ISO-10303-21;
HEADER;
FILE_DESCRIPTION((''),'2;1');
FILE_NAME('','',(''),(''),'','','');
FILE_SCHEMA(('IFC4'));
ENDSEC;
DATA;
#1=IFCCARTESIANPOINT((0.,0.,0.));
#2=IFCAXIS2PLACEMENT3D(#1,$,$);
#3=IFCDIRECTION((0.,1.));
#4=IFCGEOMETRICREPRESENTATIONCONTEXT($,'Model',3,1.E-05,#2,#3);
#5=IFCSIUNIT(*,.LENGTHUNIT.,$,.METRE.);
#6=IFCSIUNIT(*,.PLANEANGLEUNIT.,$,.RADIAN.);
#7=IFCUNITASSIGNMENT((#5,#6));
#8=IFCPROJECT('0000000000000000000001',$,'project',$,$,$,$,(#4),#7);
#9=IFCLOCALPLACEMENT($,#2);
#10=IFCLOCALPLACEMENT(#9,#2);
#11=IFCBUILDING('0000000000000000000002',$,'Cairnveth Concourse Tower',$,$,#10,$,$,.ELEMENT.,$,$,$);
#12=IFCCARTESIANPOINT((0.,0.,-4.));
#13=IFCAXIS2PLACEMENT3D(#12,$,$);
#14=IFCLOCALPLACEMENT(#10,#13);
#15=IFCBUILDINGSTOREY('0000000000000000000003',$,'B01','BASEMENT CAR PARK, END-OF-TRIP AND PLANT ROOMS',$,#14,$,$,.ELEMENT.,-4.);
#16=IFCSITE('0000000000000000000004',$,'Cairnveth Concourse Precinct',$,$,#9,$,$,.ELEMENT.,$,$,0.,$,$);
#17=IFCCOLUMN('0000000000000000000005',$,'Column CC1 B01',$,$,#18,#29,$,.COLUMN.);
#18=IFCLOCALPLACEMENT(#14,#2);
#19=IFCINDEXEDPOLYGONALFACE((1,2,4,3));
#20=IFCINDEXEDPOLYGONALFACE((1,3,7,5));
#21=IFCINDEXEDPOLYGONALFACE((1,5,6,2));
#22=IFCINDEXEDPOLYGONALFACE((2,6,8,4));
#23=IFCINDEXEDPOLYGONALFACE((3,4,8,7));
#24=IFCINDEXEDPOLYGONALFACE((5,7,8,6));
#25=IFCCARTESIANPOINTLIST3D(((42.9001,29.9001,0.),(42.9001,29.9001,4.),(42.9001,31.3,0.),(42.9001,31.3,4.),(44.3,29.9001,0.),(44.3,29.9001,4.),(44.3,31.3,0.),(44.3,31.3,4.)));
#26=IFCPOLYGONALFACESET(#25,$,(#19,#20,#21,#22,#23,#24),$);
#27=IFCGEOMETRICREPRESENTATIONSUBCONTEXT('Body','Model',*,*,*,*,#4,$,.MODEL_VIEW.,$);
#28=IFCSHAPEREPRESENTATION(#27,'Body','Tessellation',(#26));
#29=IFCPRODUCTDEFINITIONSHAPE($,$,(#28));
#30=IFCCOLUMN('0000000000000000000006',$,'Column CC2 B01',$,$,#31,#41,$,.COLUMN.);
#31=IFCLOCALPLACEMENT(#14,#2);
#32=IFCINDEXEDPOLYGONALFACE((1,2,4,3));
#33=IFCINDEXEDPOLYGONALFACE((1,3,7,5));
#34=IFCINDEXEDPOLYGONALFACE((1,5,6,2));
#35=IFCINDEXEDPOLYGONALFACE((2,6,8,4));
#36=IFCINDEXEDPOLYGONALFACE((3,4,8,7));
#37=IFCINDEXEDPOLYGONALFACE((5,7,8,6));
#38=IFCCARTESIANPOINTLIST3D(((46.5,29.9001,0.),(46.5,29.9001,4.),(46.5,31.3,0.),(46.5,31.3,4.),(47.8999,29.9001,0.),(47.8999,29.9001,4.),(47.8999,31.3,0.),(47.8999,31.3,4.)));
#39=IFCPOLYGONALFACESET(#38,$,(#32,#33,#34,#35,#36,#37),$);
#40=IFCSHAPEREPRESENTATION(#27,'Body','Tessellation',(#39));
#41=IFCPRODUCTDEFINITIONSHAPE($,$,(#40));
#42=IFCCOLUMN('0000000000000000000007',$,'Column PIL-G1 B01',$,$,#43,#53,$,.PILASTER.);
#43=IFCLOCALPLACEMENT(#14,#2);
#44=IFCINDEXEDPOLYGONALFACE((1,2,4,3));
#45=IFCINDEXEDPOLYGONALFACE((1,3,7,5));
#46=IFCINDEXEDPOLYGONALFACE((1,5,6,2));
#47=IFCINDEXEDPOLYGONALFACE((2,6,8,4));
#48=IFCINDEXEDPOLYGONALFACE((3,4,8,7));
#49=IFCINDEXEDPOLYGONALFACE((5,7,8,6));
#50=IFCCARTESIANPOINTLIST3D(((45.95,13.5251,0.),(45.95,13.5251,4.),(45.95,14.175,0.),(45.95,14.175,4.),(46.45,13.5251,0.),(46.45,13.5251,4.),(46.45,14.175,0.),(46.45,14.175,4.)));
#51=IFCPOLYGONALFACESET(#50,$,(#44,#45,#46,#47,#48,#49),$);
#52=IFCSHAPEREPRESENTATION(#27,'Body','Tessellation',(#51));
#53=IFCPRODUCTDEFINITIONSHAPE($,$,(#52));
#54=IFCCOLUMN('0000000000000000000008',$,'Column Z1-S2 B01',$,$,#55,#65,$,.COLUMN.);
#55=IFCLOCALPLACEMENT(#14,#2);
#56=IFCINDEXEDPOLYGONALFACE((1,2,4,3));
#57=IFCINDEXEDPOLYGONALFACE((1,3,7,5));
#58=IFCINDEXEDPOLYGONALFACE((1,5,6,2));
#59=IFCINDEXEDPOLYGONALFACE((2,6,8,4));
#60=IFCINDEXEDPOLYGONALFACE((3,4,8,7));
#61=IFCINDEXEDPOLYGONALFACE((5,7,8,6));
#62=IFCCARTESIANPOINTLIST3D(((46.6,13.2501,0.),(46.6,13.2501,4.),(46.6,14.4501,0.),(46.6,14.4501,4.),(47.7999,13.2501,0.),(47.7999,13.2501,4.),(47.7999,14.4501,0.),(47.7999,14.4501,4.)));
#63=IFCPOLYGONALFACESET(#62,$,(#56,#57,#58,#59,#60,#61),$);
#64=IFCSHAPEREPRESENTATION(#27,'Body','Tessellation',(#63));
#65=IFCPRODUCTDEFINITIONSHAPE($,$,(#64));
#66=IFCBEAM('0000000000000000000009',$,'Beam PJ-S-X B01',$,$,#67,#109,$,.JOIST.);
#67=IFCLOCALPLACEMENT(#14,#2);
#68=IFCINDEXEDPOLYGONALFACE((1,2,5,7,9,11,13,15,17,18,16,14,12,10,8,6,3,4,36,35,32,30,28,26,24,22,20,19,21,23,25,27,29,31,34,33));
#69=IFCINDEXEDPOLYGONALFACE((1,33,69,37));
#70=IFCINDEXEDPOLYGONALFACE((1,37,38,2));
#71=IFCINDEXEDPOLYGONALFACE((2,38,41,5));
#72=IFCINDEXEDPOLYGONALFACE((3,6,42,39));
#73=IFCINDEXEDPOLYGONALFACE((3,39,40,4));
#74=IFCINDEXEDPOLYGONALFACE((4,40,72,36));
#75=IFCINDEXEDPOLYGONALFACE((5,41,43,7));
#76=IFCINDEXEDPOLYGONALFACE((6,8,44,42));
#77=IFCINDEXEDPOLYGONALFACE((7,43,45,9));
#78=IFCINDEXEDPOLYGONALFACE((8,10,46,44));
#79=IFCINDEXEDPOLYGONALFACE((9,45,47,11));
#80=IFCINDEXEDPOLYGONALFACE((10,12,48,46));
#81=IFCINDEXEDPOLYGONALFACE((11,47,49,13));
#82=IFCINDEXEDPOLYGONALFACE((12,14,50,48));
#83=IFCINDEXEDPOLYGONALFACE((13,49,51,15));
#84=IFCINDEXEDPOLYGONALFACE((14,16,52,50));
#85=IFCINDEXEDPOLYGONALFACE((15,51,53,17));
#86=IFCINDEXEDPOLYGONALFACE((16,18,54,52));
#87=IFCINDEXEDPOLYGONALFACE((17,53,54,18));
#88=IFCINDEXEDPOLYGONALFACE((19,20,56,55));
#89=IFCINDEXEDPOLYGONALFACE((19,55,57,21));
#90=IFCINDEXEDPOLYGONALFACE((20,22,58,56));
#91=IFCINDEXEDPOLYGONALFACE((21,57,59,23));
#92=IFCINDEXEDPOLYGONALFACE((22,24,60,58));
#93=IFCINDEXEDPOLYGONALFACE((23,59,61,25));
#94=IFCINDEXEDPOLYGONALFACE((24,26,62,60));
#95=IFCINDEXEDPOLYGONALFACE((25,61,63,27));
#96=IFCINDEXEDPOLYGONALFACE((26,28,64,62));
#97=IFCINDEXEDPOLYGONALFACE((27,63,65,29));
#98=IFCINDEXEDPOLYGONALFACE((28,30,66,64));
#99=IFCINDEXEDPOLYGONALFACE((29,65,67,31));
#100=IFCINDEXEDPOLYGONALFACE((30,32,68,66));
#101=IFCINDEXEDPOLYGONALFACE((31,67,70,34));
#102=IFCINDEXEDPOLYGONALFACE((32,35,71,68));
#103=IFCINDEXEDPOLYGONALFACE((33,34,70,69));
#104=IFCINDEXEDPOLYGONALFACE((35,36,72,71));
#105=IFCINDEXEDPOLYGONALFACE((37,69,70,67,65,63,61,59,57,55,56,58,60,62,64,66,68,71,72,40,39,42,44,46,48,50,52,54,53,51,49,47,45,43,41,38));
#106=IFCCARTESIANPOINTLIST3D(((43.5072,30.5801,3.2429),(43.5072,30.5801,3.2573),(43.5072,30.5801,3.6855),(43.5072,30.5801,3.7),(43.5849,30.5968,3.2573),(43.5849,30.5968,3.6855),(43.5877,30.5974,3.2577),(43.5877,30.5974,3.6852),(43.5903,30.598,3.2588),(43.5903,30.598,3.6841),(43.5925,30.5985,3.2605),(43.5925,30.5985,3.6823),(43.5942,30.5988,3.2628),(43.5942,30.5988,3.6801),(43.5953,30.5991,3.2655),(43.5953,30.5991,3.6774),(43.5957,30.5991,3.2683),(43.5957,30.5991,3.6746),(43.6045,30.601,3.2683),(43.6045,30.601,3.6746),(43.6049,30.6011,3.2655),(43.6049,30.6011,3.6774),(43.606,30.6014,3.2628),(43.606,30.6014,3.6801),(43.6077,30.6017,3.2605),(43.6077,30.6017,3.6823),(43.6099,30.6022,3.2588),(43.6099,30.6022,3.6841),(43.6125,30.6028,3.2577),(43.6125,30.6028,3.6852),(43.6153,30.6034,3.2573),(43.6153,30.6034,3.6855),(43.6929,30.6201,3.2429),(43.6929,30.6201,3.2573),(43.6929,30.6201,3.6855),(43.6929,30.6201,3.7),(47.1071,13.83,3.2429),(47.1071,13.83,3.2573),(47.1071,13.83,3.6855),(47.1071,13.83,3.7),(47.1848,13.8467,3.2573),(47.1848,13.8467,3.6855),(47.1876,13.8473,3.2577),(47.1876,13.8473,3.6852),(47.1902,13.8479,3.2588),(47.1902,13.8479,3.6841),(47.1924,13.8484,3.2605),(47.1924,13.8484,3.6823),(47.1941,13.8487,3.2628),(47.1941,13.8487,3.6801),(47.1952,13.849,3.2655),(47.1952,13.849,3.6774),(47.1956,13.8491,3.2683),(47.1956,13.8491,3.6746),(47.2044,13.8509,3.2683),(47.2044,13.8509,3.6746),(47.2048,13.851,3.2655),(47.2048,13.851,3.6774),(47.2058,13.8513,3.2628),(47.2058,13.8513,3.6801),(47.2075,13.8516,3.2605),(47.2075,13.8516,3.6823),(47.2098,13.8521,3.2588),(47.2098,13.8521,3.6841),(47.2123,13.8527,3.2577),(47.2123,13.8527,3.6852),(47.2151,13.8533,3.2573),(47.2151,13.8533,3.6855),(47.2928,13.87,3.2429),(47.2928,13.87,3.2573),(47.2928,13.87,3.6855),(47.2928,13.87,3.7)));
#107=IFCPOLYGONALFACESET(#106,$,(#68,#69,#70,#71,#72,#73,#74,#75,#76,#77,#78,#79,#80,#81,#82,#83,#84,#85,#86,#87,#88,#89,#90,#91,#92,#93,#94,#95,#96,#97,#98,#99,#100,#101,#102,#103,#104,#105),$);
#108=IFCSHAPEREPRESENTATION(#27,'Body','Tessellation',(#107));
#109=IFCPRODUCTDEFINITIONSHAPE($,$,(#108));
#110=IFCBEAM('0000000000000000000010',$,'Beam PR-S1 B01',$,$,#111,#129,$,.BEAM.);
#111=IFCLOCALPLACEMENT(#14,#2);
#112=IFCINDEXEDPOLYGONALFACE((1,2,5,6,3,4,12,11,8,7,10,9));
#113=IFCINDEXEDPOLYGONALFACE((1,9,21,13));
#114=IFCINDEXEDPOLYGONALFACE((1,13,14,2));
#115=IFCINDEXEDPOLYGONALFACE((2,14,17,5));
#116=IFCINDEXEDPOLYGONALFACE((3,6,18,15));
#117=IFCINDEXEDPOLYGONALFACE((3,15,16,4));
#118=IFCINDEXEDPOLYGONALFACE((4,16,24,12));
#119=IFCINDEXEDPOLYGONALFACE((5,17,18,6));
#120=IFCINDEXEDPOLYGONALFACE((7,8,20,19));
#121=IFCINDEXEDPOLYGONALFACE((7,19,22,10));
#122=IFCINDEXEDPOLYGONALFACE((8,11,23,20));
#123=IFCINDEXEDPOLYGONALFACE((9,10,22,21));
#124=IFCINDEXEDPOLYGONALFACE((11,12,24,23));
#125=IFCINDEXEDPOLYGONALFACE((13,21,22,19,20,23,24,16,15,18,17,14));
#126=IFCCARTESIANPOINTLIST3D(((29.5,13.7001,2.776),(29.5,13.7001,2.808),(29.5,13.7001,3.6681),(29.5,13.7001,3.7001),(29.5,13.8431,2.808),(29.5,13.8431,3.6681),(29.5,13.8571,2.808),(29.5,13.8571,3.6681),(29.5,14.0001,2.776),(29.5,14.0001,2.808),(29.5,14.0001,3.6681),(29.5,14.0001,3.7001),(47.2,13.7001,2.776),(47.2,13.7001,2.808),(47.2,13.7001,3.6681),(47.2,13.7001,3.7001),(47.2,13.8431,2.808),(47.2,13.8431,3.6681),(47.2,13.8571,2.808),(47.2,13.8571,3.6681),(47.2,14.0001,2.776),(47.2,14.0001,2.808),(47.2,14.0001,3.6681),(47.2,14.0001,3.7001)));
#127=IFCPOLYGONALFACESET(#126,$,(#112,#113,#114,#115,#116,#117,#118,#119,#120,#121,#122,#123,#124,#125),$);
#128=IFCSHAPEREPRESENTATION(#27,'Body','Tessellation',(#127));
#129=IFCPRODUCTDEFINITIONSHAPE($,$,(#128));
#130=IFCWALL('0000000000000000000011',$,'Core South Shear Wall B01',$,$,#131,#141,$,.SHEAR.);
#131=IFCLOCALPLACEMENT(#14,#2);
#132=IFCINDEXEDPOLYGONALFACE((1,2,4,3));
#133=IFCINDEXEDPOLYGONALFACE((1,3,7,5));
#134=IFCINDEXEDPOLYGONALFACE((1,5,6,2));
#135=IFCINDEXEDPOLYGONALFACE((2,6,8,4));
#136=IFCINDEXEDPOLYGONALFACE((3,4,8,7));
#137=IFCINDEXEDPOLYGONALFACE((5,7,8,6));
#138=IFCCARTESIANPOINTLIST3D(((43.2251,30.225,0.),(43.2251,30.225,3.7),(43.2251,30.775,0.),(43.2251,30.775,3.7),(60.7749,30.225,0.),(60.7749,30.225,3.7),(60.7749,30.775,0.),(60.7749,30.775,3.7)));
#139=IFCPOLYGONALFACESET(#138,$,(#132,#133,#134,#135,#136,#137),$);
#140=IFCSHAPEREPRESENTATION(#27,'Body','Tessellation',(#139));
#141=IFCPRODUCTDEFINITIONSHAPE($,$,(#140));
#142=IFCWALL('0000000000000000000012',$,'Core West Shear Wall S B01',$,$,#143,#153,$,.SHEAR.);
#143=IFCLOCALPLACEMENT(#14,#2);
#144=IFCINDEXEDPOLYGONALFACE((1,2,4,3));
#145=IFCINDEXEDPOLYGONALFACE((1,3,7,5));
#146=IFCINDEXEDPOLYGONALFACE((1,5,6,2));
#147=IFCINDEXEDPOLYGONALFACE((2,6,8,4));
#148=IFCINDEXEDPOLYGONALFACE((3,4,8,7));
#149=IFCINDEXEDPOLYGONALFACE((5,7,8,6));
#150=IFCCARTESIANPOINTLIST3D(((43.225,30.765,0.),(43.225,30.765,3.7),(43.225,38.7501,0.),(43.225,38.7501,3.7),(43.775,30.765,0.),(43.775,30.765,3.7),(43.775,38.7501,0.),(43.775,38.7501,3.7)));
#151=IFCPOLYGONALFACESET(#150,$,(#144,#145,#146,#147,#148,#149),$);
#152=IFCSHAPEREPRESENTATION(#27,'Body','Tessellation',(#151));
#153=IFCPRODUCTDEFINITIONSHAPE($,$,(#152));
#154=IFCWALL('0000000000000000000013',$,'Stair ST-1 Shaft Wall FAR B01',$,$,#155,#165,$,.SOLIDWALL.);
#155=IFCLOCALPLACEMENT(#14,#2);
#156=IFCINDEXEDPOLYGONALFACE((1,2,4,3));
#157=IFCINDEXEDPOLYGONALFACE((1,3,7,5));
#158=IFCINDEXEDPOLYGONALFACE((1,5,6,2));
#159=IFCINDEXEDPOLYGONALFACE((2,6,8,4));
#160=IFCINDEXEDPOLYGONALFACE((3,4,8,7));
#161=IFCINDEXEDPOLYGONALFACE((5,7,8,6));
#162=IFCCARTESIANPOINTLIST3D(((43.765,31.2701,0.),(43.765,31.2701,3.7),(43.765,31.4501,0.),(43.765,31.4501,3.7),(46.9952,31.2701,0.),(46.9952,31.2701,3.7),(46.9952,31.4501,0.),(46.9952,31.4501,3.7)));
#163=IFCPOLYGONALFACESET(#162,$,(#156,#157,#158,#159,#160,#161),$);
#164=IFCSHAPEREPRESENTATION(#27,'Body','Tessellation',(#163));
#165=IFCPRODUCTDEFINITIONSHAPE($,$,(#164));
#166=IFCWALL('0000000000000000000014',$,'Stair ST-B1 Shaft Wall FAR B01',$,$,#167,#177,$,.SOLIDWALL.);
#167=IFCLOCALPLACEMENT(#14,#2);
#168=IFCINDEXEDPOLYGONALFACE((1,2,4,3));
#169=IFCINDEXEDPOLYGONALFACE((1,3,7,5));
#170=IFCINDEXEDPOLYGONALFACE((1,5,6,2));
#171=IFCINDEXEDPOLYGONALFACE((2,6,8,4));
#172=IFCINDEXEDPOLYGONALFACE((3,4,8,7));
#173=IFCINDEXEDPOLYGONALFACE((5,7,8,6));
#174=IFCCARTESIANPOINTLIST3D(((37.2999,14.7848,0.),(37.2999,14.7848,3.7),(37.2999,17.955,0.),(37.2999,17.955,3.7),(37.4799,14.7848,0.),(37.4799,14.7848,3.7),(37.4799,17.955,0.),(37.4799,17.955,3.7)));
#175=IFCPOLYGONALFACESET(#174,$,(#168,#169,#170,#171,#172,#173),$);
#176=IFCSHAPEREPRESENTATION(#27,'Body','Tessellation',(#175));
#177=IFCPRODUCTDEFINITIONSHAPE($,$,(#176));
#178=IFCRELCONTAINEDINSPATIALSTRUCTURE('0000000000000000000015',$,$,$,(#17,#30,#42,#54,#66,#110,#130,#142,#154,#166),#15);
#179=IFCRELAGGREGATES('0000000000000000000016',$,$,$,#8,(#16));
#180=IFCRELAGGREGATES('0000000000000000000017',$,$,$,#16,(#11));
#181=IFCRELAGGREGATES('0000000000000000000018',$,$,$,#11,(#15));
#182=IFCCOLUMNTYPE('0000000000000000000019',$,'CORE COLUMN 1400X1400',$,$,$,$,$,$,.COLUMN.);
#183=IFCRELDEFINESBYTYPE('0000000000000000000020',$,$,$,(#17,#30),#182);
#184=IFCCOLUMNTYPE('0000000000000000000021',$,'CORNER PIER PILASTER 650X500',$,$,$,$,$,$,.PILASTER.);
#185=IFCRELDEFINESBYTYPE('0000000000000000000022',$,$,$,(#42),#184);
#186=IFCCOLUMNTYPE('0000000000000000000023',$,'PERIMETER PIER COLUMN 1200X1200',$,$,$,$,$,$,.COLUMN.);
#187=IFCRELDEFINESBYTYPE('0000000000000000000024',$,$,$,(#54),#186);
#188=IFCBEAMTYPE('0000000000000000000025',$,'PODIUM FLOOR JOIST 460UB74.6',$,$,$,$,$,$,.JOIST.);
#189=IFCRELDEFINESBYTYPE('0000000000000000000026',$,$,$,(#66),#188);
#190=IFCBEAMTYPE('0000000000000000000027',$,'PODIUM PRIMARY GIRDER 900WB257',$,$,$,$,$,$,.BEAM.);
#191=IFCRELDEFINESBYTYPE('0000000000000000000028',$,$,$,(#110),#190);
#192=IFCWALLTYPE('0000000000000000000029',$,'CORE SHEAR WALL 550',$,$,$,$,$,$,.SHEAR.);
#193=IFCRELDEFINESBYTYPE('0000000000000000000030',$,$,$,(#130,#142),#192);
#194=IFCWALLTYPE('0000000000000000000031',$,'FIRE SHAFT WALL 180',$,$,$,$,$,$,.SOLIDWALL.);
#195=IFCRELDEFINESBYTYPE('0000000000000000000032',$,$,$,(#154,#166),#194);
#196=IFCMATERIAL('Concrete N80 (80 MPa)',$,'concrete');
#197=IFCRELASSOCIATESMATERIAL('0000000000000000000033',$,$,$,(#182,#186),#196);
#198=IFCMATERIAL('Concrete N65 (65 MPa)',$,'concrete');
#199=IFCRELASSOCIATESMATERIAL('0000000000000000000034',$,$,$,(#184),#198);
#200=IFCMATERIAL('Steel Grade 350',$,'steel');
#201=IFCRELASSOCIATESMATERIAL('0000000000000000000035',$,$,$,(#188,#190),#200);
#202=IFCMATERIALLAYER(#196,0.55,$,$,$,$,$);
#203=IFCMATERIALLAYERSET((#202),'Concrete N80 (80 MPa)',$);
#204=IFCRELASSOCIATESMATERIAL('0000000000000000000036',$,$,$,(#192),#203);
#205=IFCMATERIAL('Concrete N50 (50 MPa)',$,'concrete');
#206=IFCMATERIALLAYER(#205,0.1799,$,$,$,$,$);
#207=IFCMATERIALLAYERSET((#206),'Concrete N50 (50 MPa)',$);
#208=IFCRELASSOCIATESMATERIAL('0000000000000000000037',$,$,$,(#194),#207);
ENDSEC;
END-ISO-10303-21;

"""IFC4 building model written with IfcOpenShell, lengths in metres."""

from ifc_helpers import new_model, si_unit, direction, frame, frame_2d, origin, origin_2d, place, context, subcontext, project, spatial, rectangle, i_section, extrude, material, layer, layer_set, material_profile, profile_set, type_object, element, save


model = new_model("IFC4")

# Units and contexts
model_context = context("Model", 3, precision=1e-05, world=origin(), true_north=direction((0.0, 1.0)))
body_context = subcontext(model_context, "Body", "Model", "MODEL_VIEW")
ifc_project = project(units=[si_unit("LENGTHUNIT", "METRE"), si_unit("PLANEANGLEUNIT", "RADIAN")], contexts=[model_context])

# Site, building, storey
site_placement = place(None, origin())
site = spatial("IfcSite", under=ifc_project, at=site_placement, Name="Cairnveth Concourse Precinct", CompositionType="ELEMENT", RefElevation=0.0)
building_placement = place(site_placement, origin())
building = spatial("IfcBuilding", under=site, at=building_placement, Name="Cairnveth Concourse Tower", CompositionType="ELEMENT")
storey_placement = place(building_placement, frame((0.0, 0.0, -4.0)))
storey = spatial("IfcBuildingStorey", under=building, at=storey_placement, Name="B01", Description="BASEMENT CAR PARK, END-OF-TRIP AND PLANT ROOMS", CompositionType="ELEMENT", Elevation=-4.0)

# Columns
ifc_material_1 = material(Name="Concrete N80 (80 MPa)", Category="concrete")
ifc_material_profile_1 = material_profile(ifc_material_1, rectangle(XDim=1.3999, YDim=1.3999, at=origin_2d()), Name="RC-COL-1400x1400")
ifc_profile_set_1 = profile_set([ifc_material_profile_1], Name="Concrete N80 (80 MPa)")
column_type_1 = type_object("IfcColumnType", Name="CORE COLUMN 1400X1400", PredefinedType="COLUMN", material=ifc_profile_set_1)
for number, where, z_axis, x_axis, name in (
    (1, (43.6001, 30.6001, 0.0), (0.0, 0.0, 1.0), (1.0, 0.0, 0.0), "Column CC1 B01"),
    (2, (47.2, 30.6001, 0.0), (0.0, 0.0, 1.0), (1.0, 0.0, 0.0), "Column CC2 B01"),
):
    element("IfcColumn", number, at=place(storey_placement, frame(where, z_axis=z_axis, x_axis=x_axis)), inside=storey, type_object=column_type_1, Name=name, PredefinedType="COLUMN", context=body_context, shape_type="SweptSolid", body=[
        extrude(rectangle(XDim=1.3999, YDim=1.3999, at=origin_2d()), origin(), (0.0, 0.0, 1.0), 4.0),
    ])
ifc_material_2 = material(Name="Concrete N65 (65 MPa)", Category="concrete")
ifc_material_profile_2 = material_profile(ifc_material_2, rectangle(XDim=0.5, YDim=0.6499, at=origin_2d()), Name="RC-PIL-650x500")
ifc_profile_set_2 = profile_set([ifc_material_profile_2], Name="Concrete N65 (65 MPa)")
column_type_2 = type_object("IfcColumnType", Name="CORNER PIER PILASTER 650X500", PredefinedType="PILASTER", material=ifc_profile_set_2)
column_1_placement = place(storey_placement, frame((46.2, 13.8501, 0.0), z_axis=(0.0, 0.0, 1.0), x_axis=(1.0, 0.0, 0.0)))
element("IfcColumn", 3, at=column_1_placement, inside=storey, type_object=column_type_2, Name="Column PIL-G1 B01", PredefinedType="PILASTER", context=body_context, shape_type="SweptSolid", body=[
    extrude(rectangle(XDim=0.5, YDim=0.6499, at=origin_2d()), origin(), (0.0, 0.0, 1.0), 4.0),
])
ifc_material_profile_3 = material_profile(ifc_material_1, rectangle(XDim=1.2, YDim=1.2, at=origin_2d()), Name="RC-COL-1200x1200")
ifc_profile_set_3 = profile_set([ifc_material_profile_3], Name="Concrete N80 (80 MPa)")
column_type_3 = type_object("IfcColumnType", Name="PERIMETER PIER COLUMN 1200X1200", PredefinedType="COLUMN", material=ifc_profile_set_3)
column_2_placement = place(storey_placement, frame((47.2, 13.8501, 0.0), z_axis=(0.0, 0.0, 1.0), x_axis=(1.0, 0.0, 0.0)))
element("IfcColumn", 4, at=column_2_placement, inside=storey, type_object=column_type_3, Name="Column Z1-S2 B01", PredefinedType="COLUMN", context=body_context, shape_type="SweptSolid", body=[
    extrude(rectangle(XDim=1.2, YDim=1.2, at=origin_2d()), origin(), (0.0, 0.0, 1.0), 4.0),
])

# Beams
ifc_material_3 = material(Name="Steel Grade 350", Category="steel")
ifc_material_profile_4 = material_profile(ifc_material_3, i_section(OverallWidth=0.1899, OverallDepth=0.457, WebThickness=0.009, FlangeThickness=0.0144, FilletRadius=0.011, at=origin_2d()), Name="460UB74.6")
ifc_profile_set_4 = profile_set([ifc_material_profile_4], Name="Steel Grade 350")
beam_type_1 = type_object("IfcBeamType", Name="PODIUM FLOOR JOIST 460UB74.6", PredefinedType="JOIST", material=ifc_profile_set_4)
beam_1_placement = place(storey_placement, frame((43.6001, 30.6001, 3.4714), z_axis=(0.210119, -0.977676, 0.0), x_axis=(0.977676, 0.210119, 0.0)))
element("IfcBeam", 5, at=beam_1_placement, inside=storey, type_object=beam_type_1, Name="Beam PJ-S-X B01", PredefinedType="JOIST", context=body_context, shape_type="SweptSolid", body=[
    extrude(i_section(OverallWidth=0.1899, OverallDepth=0.457, WebThickness=0.009, FlangeThickness=0.0144, FilletRadius=0.011, at=origin_2d()), origin(), (0.0, 0.0, 1.0), 17.1326),
])
ifc_material_profile_5 = material_profile(ifc_material_3, i_section(OverallWidth=0.3, OverallDepth=0.9241, WebThickness=0.0139, FlangeThickness=0.032, at=origin_2d()), Name="900WB257")
ifc_profile_set_5 = profile_set([ifc_material_profile_5], Name="Steel Grade 350")
beam_type_2 = type_object("IfcBeamType", Name="PODIUM PRIMARY GIRDER 900WB257", PredefinedType="BEAM", material=ifc_profile_set_5)
beam_2_placement = place(storey_placement, frame((29.5, 13.8501, 3.238), z_axis=(1.0, 0.0, 0.0), x_axis=(0.0, 1.0, 0.0)))
element("IfcBeam", 6, at=beam_2_placement, inside=storey, type_object=beam_type_2, Name="Beam PR-S1 B01", PredefinedType="BEAM", context=body_context, shape_type="SweptSolid", body=[
    extrude(i_section(OverallWidth=0.3, OverallDepth=0.9241, WebThickness=0.0139, FlangeThickness=0.032, at=origin_2d()), origin(), (0.0, 0.0, 1.0), 17.7),
])

# Walls
ifc_layer_1 = layer(ifc_material_1, 0.55)
ifc_layer_set_1 = layer_set([ifc_layer_1], Name="Concrete N80 (80 MPa)")
wall_type_1 = type_object("IfcWallType", Name="CORE SHEAR WALL 550", PredefinedType="SHEAR", material=ifc_layer_set_1)
wall_1_placement = place(storey_placement, frame((43.2251, 30.5, 0.0), z_axis=(0.0, 0.0, 1.0), x_axis=(1.0, 0.0, 0.0)))
element("IfcWall", 7, at=wall_1_placement, inside=storey, type_object=wall_type_1, Name="Core South Shear Wall B01", PredefinedType="SHEAR", context=body_context, shape_type="SweptSolid", body=[
    extrude(rectangle(XDim=17.5498, YDim=0.55, at=frame_2d((8.7749, 0.0))), origin(), (0.0, 0.0, 1.0), 3.7),
])
wall_2_placement = place(storey_placement, frame((43.5, 30.7649, 0.0), z_axis=(0.0, 0.0, 1.0), x_axis=(0.0, 1.0, 0.0)))
element("IfcWall", 8, at=wall_2_placement, inside=storey, type_object=wall_type_1, Name="Core West Shear Wall S B01", PredefinedType="SHEAR", context=body_context, shape_type="SweptSolid", body=[
    extrude(rectangle(XDim=7.9851, YDim=0.55, at=frame_2d((3.9927, 0.0))), origin(), (0.0, 0.0, 1.0), 3.7),
])
ifc_material_4 = material(Name="Concrete N50 (50 MPa)", Category="concrete")
ifc_layer_2 = layer(ifc_material_4, 0.1799)
ifc_layer_set_2 = layer_set([ifc_layer_2], Name="Concrete N50 (50 MPa)")
wall_type_2 = type_object("IfcWallType", Name="FIRE SHAFT WALL 180", PredefinedType="SOLIDWALL", material=ifc_layer_set_2)
wall_3_placement = place(storey_placement, frame((43.7649, 31.3601, 0.0), z_axis=(0.0, 0.0, 1.0), x_axis=(1.0, 0.0, 0.0)))
element("IfcWall", 9, at=wall_3_placement, inside=storey, type_object=wall_type_2, Name="Stair ST-1 Shaft Wall FAR B01", PredefinedType="SOLIDWALL", context=body_context, shape_type="SweptSolid", body=[
    extrude(rectangle(XDim=3.2302, YDim=0.1799, at=frame_2d((1.6152, 0.0))), origin(), (0.0, 0.0, 1.0), 3.7),
])

# Wall
wall_4_placement = place(storey_placement, frame((37.3899, 14.7849, 0.0), z_axis=(0.0, 0.0, 1.0), x_axis=(0.0, 1.0, 0.0)))
element("IfcWall", 10, at=wall_4_placement, inside=storey, type_object=wall_type_2, Name="Stair ST-B1 Shaft Wall FAR B01", PredefinedType="SOLIDWALL", context=body_context, shape_type="SweptSolid", body=[
    extrude(rectangle(XDim=3.1702, YDim=0.1799, at=frame_2d((1.585, 0.0))), origin(), (0.0, 0.0, 1.0), 3.7),
])

save(model, "model.ifc")
